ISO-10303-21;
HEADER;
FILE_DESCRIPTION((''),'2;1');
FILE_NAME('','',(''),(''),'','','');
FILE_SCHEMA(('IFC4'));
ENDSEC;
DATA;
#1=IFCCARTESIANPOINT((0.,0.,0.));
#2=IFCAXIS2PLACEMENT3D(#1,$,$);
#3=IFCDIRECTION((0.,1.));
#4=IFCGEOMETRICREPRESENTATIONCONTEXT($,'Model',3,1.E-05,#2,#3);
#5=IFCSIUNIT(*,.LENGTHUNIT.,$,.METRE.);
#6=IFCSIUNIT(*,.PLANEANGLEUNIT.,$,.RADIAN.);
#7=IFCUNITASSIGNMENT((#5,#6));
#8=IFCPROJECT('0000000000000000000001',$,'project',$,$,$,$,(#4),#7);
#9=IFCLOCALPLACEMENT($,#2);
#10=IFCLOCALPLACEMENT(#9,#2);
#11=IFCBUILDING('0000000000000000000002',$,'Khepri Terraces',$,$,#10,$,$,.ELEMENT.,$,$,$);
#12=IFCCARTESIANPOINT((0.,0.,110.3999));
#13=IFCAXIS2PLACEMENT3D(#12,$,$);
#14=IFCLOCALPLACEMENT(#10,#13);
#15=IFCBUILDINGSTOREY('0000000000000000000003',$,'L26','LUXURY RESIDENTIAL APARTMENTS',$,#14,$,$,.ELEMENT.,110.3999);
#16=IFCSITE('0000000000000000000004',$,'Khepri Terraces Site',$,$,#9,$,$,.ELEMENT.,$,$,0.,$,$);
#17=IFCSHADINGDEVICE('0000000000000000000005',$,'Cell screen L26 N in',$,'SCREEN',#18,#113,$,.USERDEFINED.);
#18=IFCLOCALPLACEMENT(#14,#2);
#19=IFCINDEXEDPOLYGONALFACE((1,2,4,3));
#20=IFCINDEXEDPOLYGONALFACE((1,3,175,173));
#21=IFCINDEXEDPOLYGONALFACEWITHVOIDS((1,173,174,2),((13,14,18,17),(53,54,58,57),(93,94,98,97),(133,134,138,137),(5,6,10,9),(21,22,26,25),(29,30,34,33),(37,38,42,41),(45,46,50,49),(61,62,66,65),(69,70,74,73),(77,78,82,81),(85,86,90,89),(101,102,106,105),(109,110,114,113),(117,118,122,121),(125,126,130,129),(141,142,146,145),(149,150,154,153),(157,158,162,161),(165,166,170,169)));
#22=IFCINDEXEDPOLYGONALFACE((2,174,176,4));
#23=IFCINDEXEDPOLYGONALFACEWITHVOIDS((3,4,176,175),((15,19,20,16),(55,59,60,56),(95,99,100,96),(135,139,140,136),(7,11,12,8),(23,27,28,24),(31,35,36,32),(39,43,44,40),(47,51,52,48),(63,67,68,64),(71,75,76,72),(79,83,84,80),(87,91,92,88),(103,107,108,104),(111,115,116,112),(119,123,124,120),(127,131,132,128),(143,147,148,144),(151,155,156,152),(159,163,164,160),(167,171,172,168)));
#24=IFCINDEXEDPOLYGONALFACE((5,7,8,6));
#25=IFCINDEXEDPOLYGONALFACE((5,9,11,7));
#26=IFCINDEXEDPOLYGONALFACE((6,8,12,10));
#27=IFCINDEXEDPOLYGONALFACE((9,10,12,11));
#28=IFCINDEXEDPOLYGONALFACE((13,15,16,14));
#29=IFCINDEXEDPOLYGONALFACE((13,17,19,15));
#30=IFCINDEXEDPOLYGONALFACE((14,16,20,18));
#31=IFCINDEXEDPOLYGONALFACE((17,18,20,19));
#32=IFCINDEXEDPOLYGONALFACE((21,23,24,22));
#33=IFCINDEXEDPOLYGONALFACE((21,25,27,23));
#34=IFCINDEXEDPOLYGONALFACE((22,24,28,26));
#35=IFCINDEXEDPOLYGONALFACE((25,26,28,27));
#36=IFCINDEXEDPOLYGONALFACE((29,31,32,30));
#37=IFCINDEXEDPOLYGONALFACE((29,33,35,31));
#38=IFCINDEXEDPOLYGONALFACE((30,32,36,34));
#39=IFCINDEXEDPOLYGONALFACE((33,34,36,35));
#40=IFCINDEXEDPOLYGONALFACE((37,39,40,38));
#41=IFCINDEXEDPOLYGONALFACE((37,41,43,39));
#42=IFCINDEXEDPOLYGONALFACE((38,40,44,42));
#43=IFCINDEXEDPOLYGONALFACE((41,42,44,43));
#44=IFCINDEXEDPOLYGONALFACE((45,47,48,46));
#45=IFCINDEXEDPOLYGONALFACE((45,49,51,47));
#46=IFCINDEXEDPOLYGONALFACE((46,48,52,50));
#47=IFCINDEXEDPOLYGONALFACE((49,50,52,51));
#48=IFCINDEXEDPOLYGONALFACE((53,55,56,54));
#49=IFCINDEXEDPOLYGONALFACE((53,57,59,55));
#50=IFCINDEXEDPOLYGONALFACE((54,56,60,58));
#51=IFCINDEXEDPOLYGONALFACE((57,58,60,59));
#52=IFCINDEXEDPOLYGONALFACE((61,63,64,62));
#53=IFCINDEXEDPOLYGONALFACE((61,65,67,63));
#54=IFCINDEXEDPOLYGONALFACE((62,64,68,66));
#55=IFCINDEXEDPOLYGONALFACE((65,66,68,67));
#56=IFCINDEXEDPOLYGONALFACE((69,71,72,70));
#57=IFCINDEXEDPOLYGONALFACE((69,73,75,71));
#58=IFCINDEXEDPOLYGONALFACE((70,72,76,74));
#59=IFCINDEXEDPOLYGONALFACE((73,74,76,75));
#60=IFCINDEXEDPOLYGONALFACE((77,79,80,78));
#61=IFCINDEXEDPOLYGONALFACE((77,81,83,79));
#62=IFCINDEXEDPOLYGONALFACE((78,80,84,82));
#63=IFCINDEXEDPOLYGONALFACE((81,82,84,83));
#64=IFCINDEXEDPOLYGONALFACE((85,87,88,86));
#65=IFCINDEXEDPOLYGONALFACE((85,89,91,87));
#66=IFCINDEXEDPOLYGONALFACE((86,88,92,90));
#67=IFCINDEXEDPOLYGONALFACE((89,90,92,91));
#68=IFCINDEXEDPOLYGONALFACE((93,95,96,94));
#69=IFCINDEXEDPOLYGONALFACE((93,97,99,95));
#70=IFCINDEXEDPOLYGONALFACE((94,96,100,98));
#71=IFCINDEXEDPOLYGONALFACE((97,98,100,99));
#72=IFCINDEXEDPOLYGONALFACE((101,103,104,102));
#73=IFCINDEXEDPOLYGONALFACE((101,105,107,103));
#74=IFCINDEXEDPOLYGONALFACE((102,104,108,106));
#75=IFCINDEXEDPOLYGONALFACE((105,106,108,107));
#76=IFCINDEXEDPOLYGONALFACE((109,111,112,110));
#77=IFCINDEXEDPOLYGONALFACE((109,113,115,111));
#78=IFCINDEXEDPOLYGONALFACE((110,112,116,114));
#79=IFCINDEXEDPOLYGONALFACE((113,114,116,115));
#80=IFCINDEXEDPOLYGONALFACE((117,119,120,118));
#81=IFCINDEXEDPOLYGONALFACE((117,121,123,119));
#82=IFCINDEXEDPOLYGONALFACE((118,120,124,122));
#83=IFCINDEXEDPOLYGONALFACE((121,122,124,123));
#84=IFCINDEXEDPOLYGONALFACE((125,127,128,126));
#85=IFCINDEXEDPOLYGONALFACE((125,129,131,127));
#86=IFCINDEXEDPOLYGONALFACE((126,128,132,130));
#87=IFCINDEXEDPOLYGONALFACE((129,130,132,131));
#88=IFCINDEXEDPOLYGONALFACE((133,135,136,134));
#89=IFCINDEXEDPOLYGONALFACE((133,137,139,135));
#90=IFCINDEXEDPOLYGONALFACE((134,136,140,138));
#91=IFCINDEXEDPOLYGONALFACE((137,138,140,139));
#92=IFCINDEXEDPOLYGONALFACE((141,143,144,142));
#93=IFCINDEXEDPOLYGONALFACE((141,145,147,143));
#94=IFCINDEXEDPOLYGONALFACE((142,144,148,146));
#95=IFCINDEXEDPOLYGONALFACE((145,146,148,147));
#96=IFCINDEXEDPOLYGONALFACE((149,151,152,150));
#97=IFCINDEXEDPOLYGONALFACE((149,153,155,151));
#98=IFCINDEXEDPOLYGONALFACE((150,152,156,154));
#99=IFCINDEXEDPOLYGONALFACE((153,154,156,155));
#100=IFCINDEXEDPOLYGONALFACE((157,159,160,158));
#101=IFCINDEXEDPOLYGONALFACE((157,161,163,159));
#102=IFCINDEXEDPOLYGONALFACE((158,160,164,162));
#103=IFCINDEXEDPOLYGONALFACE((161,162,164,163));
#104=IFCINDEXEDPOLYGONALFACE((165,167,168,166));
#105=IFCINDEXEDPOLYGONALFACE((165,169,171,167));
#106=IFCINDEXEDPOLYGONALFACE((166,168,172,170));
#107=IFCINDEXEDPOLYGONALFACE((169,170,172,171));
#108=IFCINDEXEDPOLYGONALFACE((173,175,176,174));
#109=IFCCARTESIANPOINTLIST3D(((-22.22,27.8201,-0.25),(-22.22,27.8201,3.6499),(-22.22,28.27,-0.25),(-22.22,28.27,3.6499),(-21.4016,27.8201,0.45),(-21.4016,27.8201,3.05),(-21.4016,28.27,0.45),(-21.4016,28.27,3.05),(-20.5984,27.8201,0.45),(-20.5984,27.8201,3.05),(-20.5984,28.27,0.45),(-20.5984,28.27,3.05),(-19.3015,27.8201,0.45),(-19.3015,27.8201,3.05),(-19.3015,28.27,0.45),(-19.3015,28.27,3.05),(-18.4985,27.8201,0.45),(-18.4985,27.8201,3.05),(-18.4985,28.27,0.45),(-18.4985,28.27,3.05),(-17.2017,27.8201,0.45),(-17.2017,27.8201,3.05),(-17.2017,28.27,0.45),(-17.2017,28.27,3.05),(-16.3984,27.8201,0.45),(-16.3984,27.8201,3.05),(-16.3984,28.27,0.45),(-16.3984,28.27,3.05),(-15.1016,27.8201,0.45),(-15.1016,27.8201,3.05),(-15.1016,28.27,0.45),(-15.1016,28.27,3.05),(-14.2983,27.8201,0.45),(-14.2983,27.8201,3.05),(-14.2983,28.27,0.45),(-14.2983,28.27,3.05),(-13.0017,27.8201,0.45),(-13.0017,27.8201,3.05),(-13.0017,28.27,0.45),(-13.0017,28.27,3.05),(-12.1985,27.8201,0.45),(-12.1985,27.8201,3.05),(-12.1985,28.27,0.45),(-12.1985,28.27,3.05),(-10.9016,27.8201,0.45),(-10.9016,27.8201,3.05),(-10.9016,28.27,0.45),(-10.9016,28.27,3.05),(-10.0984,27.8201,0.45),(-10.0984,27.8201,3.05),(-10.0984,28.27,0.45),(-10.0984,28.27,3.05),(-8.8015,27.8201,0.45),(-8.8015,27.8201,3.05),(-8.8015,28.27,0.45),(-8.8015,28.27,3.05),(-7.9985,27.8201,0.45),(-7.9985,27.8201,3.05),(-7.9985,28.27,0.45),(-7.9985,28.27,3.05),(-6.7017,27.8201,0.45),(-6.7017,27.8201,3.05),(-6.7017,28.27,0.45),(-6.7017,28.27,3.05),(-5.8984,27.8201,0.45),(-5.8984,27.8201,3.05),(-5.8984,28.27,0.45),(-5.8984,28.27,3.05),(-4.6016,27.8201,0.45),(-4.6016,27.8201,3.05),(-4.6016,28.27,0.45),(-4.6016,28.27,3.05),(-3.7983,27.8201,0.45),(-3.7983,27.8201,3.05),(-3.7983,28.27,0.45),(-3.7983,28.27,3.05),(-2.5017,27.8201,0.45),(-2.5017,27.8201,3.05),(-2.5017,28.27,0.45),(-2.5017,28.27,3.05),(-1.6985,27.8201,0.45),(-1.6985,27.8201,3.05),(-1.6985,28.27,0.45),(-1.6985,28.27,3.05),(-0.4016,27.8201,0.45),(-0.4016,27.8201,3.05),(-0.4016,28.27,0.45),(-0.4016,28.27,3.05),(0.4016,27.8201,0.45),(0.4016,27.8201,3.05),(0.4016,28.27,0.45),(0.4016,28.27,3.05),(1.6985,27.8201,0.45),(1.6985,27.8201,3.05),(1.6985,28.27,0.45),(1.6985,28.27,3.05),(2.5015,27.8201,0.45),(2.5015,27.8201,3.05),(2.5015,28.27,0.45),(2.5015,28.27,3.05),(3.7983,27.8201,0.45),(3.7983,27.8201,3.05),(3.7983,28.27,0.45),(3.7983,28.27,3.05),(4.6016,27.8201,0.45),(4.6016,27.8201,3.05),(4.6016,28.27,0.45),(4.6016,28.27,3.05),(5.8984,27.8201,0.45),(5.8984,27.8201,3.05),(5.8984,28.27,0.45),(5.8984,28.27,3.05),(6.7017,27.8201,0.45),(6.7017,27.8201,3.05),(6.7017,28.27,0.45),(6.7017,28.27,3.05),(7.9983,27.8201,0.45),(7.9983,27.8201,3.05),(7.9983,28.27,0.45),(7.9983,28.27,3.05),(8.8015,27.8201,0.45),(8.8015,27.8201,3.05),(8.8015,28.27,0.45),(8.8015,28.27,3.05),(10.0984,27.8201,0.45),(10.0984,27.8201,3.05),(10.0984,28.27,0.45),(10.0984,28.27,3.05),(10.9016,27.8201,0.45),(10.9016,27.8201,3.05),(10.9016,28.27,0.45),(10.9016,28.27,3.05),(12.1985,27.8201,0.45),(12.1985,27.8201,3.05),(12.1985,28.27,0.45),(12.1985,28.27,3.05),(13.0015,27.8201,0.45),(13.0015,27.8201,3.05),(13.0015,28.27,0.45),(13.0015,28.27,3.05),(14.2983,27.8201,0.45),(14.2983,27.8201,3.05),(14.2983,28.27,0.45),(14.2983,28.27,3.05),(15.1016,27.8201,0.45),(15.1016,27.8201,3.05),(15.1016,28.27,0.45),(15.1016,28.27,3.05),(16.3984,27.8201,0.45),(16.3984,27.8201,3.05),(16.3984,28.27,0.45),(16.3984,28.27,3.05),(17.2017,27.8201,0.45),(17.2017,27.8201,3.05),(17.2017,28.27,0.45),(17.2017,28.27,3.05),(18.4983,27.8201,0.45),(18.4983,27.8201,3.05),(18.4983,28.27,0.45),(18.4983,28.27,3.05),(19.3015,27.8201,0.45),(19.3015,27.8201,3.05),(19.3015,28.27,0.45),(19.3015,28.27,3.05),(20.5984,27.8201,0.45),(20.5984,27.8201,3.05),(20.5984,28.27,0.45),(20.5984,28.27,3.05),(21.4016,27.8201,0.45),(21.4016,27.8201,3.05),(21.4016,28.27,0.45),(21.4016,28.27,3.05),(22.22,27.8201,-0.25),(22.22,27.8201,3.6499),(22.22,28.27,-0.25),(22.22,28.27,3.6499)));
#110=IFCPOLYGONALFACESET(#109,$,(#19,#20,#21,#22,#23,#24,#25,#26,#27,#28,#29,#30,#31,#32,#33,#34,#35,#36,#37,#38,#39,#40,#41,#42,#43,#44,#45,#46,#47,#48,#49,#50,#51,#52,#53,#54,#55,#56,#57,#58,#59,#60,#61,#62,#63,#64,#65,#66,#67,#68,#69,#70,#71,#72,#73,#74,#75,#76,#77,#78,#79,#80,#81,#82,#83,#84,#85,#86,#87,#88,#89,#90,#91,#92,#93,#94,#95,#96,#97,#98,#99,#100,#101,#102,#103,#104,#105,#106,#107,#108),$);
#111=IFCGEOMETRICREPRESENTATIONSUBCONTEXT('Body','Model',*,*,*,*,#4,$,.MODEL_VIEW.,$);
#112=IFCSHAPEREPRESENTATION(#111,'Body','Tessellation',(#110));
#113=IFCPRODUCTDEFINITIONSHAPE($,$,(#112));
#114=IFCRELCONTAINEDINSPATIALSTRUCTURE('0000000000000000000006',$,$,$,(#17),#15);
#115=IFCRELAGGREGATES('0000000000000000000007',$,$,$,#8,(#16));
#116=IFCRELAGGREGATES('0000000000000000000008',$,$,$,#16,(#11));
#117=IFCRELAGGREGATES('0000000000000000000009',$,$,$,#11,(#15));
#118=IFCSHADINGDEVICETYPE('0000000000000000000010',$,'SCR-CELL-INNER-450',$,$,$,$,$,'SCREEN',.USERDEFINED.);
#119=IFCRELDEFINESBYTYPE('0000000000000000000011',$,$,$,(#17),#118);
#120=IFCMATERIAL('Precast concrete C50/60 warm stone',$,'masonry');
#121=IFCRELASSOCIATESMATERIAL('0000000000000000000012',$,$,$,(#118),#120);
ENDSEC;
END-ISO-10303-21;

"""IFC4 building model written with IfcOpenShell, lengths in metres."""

from ifc_helpers import new_model, si_unit, direction, frame, origin, place, context, subcontext, project, spatial, polyline, outline, extrude, material, type_object, element, save


model = new_model("IFC4")

# Units and contexts
model_context = context("Model", 3, precision=1e-05, world=origin(), true_north=direction((0.0, 1.0)))
body_context = subcontext(model_context, "Body", "Model", "MODEL_VIEW")
ifc_project = project(units=[si_unit("LENGTHUNIT", "METRE"), si_unit("PLANEANGLEUNIT", "RADIAN")], contexts=[model_context])

# Site, building, storey
site_placement = place(None, origin())
site = spatial("IfcSite", under=ifc_project, at=site_placement, Name="Khepri Terraces Site", CompositionType="ELEMENT", RefElevation=0.0)
building_placement = place(site_placement, origin())
building = spatial("IfcBuilding", under=site, at=building_placement, Name="Khepri Terraces", CompositionType="ELEMENT")
storey_placement = place(building_placement, frame((0.0, 0.0, 110.3999)))
storey = spatial("IfcBuildingStorey", under=building, at=storey_placement, Name="L26", Description="LUXURY RESIDENTIAL APARTMENTS", CompositionType="ELEMENT", Elevation=110.3999)

# Shared definitions
ifc_material_1 = material(Name="Precast concrete C50/60 warm stone", Category="masonry")

# Shading device
shading_device_type_1 = type_object("IfcShadingDeviceType", Name="SCR-CELL-INNER-450", ElementType="SCREEN", PredefinedType="USERDEFINED", material=ifc_material_1)
shading_device_1_placement = place(storey_placement, frame((22.22, 27.8201, -0.25), z_axis=(0.0, 1.0, 0.0), x_axis=(-1.0, 0.0, 0.0)))
element("IfcShadingDevice", 1, at=shading_device_1_placement, inside=storey, type_object=shading_device_type_1, Name="Cell screen L26 N in", ObjectType="SCREEN", PredefinedType="USERDEFINED", context=body_context, shape_type="SweptSolid", body=[
    extrude(outline(polyline([(0.0, 0.0), (44.4399, 0.0), (44.4399, 3.8999), (0.0, 3.8999), (0.0, 0.0)]), holes=[polyline([(0.8184, 0.7), (1.6216, 0.7), (1.6216, 3.3), (0.8184, 3.3), (0.8184, 0.7)]), polyline([(2.9185, 0.7), (3.7217, 0.7), (3.7217, 3.3), (2.9185, 3.3), (2.9185, 0.7)]), polyline([(5.0183, 0.7), (5.8215, 0.7), (5.8215, 3.3), (5.0183, 3.3), (5.0183, 0.7)]), polyline([(7.1184, 0.7), (7.9216, 0.7), (7.9216, 3.3), (7.1184, 3.3), (7.1184, 0.7)]), polyline([(9.2185, 0.7), (10.0215, 0.7), (10.0215, 3.3), (9.2185, 3.3), (9.2185, 0.7)]), polyline([(11.3184, 0.7), (12.1216, 0.7), (12.1216, 3.3), (11.3184, 3.3), (11.3184, 0.7)]), polyline([(13.4185, 0.7), (14.2217, 0.7), (14.2217, 3.3), (13.4185, 3.3), (13.4185, 0.7)]), polyline([(15.5183, 0.7), (16.3215, 0.7), (16.3215, 3.3), (15.5183, 3.3), (15.5183, 0.7)]), polyline([(17.6184, 0.7), (18.4216, 0.7), (18.4216, 3.3), (17.6184, 3.3), (17.6184, 0.7)]), polyline([(19.7185, 0.7), (20.5215, 0.7), (20.5215, 3.3), (19.7185, 3.3), (19.7185, 0.7)]), polyline([(21.8184, 0.7), (22.6216, 0.7), (22.6216, 3.3), (21.8184, 3.3), (21.8184, 0.7)]), polyline([(23.9185, 0.7), (24.7217, 0.7), (24.7217, 3.3), (23.9185, 3.3), (23.9185, 0.7)]), polyline([(26.0183, 0.7), (26.8215, 0.7), (26.8215, 3.3), (26.0183, 3.3), (26.0183, 0.7)]), polyline([(28.1184, 0.7), (28.9216, 0.7), (28.9216, 3.3), (28.1184, 3.3), (28.1184, 0.7)]), polyline([(30.2185, 0.7), (31.0215, 0.7), (31.0215, 3.3), (30.2185, 3.3), (30.2185, 0.7)]), polyline([(32.3184, 0.7), (33.1216, 0.7), (33.1216, 3.3), (32.3184, 3.3), (32.3184, 0.7)]), polyline([(34.4185, 0.7), (35.2217, 0.7), (35.2217, 3.3), (34.4185, 3.3), (34.4185, 0.7)]), polyline([(36.5183, 0.7), (37.3215, 0.7), (37.3215, 3.3), (36.5183, 3.3), (36.5183, 0.7)]), polyline([(38.6184, 0.7), (39.4216, 0.7), (39.4216, 3.3), (38.6184, 3.3), (38.6184, 0.7)]), polyline([(40.7185, 0.7), (41.5215, 0.7), (41.5215, 3.3), (40.7185, 3.3), (40.7185, 0.7)]), polyline([(42.8184, 0.7), (43.6216, 0.7), (43.6216, 3.3), (42.8184, 3.3), (42.8184, 0.7)])]), origin(), (0.0, 0.0, 1.0), 0.45),
])

save(model, "model.ifc")
